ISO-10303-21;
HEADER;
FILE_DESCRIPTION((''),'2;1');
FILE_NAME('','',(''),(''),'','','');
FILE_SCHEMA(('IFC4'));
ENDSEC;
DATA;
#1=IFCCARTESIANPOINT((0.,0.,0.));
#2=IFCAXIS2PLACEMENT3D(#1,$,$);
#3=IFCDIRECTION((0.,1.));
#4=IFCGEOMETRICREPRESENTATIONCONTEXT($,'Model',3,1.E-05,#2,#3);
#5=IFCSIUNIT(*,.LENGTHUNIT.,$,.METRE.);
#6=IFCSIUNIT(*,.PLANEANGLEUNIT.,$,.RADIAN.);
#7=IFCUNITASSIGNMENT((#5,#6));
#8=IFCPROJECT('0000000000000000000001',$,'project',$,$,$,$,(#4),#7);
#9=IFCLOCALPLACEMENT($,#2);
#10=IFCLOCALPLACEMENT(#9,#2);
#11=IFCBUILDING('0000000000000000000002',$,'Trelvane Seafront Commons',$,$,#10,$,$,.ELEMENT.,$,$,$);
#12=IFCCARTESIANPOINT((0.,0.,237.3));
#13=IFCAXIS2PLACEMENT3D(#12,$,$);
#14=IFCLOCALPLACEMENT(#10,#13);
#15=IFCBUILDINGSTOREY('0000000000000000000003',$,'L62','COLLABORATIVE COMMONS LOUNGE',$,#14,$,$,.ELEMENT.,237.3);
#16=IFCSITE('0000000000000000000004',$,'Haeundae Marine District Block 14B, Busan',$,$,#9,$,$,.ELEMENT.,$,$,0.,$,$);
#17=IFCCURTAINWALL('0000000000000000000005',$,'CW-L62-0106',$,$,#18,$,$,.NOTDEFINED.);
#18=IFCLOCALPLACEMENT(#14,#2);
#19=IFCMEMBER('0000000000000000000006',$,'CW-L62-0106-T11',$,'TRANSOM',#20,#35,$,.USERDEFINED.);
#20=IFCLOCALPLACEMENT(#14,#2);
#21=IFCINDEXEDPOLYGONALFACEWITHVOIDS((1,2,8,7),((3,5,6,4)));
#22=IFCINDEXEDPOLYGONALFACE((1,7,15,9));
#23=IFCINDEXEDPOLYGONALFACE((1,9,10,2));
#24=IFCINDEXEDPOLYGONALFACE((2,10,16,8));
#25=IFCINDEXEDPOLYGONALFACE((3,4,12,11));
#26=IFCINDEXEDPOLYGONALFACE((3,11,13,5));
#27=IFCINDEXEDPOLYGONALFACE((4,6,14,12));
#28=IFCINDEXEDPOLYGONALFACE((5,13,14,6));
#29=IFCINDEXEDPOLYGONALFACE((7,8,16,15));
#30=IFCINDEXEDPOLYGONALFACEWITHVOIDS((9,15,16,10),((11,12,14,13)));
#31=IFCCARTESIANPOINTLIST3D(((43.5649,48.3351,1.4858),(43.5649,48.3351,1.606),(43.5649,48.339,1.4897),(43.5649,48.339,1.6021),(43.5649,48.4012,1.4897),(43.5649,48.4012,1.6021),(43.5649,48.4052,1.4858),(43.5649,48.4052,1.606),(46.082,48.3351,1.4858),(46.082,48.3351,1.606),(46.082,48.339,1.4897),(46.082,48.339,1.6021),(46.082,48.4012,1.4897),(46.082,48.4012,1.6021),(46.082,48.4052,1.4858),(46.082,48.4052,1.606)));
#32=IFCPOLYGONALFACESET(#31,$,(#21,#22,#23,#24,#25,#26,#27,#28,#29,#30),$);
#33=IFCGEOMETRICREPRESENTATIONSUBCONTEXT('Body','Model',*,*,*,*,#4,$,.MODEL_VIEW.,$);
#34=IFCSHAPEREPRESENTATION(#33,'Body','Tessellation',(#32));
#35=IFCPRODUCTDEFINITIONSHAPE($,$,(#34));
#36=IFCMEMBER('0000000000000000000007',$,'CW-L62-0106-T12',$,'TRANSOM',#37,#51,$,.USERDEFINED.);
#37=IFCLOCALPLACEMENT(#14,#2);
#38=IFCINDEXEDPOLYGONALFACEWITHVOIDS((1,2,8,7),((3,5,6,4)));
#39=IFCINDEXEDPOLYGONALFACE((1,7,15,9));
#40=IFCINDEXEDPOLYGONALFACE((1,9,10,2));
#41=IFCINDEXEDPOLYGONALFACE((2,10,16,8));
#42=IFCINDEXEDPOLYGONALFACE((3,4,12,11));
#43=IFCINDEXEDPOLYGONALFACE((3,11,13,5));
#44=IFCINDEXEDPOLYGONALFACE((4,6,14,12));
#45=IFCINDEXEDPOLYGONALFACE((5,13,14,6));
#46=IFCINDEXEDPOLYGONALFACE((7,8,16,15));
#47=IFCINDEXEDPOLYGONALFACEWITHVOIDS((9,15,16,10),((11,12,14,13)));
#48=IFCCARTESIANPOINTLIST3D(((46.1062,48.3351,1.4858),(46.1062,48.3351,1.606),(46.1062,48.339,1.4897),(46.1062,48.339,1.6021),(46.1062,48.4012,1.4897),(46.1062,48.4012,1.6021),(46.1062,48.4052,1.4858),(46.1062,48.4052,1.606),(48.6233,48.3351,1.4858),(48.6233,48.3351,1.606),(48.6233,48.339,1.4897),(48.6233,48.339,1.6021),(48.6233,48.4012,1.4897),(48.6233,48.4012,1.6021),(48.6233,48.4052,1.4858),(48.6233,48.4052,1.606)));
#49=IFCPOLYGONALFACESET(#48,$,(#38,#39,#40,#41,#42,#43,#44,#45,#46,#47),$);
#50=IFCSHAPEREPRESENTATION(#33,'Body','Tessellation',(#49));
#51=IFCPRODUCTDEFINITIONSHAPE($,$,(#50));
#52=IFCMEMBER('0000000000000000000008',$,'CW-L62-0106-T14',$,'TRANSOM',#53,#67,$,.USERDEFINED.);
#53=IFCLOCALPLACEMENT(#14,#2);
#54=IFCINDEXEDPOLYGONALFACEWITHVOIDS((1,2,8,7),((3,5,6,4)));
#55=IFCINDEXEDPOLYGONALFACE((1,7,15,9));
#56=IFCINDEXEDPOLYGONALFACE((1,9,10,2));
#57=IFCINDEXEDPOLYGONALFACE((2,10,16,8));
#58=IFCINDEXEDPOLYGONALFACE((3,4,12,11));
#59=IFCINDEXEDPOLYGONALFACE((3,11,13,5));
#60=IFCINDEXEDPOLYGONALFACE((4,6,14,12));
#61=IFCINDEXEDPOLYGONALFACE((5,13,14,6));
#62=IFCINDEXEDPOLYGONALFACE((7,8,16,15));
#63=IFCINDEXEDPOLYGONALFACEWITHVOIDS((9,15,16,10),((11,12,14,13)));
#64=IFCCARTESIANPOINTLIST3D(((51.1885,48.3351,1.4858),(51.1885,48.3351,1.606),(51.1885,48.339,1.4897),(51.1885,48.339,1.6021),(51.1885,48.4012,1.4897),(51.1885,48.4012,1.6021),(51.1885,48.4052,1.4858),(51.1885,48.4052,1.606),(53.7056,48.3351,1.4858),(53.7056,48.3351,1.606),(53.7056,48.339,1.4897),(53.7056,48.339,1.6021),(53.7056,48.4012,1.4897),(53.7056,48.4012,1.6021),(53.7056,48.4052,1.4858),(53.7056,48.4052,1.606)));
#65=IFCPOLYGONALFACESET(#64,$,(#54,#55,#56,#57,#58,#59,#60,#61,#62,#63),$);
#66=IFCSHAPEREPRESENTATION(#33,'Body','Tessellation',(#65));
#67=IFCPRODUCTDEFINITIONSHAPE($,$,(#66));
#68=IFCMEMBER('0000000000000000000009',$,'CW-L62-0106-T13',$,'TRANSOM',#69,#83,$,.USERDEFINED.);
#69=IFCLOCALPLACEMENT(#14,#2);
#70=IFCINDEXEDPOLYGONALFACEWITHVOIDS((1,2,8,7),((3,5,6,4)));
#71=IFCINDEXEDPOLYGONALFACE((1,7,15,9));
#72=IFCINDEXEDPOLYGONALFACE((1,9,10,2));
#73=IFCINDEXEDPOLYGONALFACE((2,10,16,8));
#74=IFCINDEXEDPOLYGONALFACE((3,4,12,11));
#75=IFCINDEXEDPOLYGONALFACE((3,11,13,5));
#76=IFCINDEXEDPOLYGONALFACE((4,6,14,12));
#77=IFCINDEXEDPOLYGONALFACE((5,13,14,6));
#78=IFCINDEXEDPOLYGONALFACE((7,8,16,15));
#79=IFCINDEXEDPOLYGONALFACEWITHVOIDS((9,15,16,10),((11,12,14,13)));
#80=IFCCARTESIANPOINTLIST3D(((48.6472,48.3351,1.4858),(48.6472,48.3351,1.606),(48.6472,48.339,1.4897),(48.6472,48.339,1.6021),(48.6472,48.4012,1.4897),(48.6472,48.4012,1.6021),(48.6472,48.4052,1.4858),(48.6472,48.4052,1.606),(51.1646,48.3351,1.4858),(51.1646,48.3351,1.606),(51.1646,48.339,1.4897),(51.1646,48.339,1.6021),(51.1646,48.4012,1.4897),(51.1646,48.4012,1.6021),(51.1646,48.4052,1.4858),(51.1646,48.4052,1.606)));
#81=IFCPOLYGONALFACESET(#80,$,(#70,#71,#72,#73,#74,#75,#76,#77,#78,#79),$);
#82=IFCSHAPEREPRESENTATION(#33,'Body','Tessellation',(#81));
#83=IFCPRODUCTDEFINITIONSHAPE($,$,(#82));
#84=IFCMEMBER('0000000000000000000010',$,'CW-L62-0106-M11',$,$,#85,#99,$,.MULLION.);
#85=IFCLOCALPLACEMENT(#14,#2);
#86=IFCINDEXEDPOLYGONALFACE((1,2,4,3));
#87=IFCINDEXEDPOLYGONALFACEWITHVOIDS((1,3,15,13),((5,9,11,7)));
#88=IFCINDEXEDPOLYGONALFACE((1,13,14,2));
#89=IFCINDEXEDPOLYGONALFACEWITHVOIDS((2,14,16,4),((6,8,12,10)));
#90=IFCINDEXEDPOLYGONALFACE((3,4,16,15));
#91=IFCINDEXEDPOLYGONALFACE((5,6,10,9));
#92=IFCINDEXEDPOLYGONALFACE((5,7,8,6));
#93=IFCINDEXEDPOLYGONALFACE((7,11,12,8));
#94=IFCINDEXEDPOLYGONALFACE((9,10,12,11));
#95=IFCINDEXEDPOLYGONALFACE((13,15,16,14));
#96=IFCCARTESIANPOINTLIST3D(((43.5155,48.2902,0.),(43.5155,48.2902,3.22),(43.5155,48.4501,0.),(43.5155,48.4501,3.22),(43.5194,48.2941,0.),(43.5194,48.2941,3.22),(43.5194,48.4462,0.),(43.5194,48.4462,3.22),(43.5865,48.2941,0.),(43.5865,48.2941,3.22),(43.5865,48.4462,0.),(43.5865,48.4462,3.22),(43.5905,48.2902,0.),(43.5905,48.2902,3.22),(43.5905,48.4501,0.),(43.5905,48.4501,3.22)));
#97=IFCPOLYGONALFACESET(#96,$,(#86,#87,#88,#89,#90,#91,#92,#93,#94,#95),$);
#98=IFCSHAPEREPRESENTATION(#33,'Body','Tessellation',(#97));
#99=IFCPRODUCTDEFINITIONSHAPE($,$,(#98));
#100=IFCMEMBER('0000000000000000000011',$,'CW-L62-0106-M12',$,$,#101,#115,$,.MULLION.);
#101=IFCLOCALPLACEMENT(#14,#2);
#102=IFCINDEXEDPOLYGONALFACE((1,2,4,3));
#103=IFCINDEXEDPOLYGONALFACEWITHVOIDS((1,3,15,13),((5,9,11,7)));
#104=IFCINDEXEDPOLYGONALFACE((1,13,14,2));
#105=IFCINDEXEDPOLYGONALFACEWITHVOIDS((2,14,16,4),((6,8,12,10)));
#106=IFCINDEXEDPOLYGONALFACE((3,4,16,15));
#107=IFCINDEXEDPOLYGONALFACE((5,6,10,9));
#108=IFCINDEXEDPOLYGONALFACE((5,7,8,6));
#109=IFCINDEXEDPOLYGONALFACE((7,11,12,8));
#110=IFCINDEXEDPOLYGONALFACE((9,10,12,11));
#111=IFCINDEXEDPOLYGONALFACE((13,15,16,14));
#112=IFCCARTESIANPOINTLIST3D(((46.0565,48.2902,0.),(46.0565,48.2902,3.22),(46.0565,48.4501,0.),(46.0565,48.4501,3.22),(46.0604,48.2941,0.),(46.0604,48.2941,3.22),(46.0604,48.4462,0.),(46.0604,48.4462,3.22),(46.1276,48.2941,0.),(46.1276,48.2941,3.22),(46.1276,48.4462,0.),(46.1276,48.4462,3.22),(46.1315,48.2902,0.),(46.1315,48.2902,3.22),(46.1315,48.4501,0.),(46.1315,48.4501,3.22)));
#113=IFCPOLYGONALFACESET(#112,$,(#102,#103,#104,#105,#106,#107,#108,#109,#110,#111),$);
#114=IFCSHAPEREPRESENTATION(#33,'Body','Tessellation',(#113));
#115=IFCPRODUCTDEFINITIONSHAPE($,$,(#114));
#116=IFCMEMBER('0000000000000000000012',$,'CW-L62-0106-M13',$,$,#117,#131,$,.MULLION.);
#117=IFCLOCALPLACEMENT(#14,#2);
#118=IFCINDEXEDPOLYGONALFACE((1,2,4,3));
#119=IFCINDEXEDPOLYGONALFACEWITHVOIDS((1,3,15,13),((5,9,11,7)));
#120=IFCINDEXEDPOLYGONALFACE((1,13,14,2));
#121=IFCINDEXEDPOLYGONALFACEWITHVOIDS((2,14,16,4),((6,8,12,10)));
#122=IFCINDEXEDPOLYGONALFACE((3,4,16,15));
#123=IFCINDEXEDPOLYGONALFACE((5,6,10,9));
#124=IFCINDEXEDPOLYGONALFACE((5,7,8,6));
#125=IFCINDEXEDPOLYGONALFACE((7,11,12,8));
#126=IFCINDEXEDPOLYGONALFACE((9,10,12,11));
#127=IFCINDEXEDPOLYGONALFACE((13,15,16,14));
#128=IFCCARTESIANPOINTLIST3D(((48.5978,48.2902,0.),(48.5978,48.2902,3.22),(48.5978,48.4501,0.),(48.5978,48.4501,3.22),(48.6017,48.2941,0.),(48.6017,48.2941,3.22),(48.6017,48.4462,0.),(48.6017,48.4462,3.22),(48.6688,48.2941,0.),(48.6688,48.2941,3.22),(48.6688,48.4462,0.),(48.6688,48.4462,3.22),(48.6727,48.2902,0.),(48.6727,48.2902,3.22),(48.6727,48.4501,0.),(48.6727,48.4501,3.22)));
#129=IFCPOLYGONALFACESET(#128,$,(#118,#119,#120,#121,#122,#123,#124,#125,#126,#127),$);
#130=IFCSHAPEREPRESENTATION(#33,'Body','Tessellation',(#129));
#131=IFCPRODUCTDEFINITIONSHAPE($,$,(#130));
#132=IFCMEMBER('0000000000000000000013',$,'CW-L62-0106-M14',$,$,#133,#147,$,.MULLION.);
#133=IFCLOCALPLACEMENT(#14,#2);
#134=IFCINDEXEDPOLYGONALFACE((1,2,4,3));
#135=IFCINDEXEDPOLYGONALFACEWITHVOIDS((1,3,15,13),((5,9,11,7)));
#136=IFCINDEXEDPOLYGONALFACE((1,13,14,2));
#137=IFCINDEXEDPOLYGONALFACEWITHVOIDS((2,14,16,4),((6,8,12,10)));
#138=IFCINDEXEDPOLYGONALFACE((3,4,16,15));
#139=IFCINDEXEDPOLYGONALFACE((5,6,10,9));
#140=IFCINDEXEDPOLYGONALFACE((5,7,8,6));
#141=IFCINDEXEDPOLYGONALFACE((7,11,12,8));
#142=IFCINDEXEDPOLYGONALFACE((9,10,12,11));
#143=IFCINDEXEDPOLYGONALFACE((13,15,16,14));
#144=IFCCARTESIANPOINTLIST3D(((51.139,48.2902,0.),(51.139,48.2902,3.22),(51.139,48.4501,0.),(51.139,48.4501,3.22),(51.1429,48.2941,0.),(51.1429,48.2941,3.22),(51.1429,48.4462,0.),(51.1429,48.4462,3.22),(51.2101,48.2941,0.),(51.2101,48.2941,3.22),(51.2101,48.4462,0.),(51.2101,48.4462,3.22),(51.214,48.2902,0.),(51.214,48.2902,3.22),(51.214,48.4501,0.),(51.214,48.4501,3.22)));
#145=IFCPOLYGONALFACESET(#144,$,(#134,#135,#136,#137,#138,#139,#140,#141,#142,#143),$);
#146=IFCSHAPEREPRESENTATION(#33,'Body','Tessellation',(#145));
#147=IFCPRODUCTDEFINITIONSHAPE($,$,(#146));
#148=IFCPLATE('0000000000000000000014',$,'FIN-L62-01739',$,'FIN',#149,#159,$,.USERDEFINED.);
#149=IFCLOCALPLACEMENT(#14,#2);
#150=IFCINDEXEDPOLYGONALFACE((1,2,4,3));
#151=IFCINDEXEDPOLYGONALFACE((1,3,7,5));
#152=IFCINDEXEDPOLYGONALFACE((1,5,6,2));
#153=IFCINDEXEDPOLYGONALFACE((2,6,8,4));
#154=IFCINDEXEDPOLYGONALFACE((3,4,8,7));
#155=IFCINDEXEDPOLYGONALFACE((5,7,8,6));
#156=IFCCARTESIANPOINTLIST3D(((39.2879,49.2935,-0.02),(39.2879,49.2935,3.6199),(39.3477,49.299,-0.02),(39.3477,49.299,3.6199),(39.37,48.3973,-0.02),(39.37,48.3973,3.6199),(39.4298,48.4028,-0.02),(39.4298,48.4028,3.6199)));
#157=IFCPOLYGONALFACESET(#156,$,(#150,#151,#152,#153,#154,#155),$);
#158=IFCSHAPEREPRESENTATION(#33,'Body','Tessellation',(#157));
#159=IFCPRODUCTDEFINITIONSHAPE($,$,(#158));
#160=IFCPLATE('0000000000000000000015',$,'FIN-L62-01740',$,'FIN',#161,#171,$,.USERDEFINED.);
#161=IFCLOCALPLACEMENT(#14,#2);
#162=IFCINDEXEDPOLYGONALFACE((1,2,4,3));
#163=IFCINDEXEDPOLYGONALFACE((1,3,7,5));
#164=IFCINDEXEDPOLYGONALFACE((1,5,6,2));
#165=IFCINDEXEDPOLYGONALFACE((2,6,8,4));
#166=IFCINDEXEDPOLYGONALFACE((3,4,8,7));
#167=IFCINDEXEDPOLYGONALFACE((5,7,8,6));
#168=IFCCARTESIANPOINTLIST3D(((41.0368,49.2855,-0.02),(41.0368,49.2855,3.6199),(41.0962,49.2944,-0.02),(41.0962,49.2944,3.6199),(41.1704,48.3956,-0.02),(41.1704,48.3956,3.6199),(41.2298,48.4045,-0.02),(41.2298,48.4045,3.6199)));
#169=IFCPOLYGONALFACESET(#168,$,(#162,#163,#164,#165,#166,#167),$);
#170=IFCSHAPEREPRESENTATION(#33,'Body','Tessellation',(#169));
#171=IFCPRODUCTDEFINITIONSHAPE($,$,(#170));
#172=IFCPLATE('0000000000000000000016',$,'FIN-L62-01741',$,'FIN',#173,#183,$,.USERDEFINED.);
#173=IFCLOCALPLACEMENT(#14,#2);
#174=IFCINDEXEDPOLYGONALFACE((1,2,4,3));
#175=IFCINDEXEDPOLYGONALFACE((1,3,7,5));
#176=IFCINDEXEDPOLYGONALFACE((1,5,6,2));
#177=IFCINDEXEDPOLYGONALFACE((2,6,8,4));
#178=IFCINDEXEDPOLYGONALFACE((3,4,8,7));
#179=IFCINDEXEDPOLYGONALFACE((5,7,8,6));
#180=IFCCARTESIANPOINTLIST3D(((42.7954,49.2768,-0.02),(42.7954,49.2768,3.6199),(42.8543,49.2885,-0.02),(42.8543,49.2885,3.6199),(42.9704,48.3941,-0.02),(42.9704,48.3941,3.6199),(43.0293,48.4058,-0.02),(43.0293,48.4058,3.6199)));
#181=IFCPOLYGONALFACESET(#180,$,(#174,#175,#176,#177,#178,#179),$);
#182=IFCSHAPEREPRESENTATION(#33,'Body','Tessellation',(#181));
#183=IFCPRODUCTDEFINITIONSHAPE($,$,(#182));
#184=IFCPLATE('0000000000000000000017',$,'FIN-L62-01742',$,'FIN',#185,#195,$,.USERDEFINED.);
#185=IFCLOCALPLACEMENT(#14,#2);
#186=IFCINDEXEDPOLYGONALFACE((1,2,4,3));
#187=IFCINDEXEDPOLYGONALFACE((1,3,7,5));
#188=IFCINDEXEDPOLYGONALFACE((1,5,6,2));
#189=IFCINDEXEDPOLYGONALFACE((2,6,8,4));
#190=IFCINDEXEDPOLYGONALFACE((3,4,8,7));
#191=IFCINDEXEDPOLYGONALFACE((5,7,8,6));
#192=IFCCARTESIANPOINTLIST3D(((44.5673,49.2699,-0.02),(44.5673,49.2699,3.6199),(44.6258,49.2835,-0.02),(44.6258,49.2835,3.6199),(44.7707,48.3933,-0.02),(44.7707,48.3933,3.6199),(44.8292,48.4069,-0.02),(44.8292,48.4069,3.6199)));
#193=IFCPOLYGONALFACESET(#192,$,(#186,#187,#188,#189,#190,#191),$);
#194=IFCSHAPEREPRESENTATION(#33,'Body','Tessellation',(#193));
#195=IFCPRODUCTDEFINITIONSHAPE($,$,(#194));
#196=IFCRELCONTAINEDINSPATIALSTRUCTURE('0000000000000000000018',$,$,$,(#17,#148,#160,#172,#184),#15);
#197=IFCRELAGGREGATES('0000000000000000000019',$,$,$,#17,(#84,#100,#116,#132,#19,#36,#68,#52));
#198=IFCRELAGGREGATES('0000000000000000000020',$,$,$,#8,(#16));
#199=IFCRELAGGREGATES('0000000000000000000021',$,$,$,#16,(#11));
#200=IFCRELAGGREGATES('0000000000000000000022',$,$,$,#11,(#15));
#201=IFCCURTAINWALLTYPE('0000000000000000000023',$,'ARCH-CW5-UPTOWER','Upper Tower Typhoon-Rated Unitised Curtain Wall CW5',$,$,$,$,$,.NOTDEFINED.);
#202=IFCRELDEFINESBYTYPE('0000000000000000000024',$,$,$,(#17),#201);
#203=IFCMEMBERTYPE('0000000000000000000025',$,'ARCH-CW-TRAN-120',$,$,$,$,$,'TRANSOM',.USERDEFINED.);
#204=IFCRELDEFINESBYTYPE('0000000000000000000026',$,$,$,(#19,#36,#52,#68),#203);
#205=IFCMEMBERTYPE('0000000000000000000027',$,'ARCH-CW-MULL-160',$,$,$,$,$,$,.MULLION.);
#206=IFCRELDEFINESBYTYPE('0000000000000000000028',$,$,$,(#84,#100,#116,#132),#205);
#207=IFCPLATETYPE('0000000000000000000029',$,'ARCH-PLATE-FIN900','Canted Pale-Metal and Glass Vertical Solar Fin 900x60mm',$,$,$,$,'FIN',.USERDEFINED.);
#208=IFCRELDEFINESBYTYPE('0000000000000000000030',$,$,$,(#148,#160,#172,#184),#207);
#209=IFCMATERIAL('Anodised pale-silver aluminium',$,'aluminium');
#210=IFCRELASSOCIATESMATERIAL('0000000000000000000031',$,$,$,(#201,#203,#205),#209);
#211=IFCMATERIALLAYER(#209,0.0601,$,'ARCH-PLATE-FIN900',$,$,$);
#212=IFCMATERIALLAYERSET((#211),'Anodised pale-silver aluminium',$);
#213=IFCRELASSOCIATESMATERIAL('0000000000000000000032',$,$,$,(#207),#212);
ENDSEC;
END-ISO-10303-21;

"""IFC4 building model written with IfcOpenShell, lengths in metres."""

from ifc_helpers import new_model, si_unit, direction, frame, origin, origin_2d, place, context, subcontext, project, spatial, rectangle, hollow_rectangle, extrude, source, transform, mapped, material, layer, layer_set, material_profile, profile_set, type_object, element, aggregate, save


model = new_model("IFC4")

# Units and contexts
model_context = context("Model", 3, precision=1e-05, world=origin(), true_north=direction((0.0, 1.0)))
body_context = subcontext(model_context, "Body", "Model", "MODEL_VIEW")
ifc_project = project(units=[si_unit("LENGTHUNIT", "METRE"), si_unit("PLANEANGLEUNIT", "RADIAN")], contexts=[model_context])

# Site, building, storey
site_placement = place(None, origin())
site = spatial("IfcSite", under=ifc_project, at=site_placement, Name="Haeundae Marine District Block 14B, Busan", CompositionType="ELEMENT", RefElevation=0.0)
building_placement = place(site_placement, origin())
building = spatial("IfcBuilding", under=site, at=building_placement, Name="Trelvane Seafront Commons", CompositionType="ELEMENT")
storey_placement = place(building_placement, frame((0.0, 0.0, 237.3)))
storey = spatial("IfcBuildingStorey", under=building, at=storey_placement, Name="L62", Description="COLLABORATIVE COMMONS LOUNGE", CompositionType="ELEMENT", Elevation=237.3)

# Curtain wall, members
ifc_material_1 = material(Name="Anodised pale-silver aluminium", Category="aluminium")
curtain_wall_type = type_object("IfcCurtainWallType", Name="ARCH-CW5-UPTOWER", Description="Upper Tower Typhoon-Rated Unitised Curtain Wall CW5", PredefinedType="NOTDEFINED", material=ifc_material_1)
curtain_wall_placement = place(storey_placement, origin())
curtain_wall = element("IfcCurtainWall", 1, at=curtain_wall_placement, inside=storey, type_object=curtain_wall_type, Name="CW-L62-0106", PredefinedType="NOTDEFINED")
ifc_material_profile_1 = material_profile(ifc_material_1, hollow_rectangle(XDim=0.0701, YDim=0.1201, WallThickness=0.0039, at=origin_2d()), Name="TRAN-70x120x4")
ifc_profile_set_1 = profile_set([ifc_material_profile_1], Name="Anodised pale-silver aluminium")
member_type_1 = type_object("IfcMemberType", Name="ARCH-CW-TRAN-120", ElementType="TRANSOM", PredefinedType="USERDEFINED", material=ifc_profile_set_1)
shared_shape_1 = source(origin(), body_context, "Body", "SweptSolid", [
    extrude(hollow_rectangle(XDim=0.0701, YDim=0.1201, WallThickness=0.0039, at=origin_2d()), origin(), (0.0, 0.0, 1.0), 2.5171),
])
member_1_placement = place(storey_placement, frame((43.5649, 48.3701, 1.5459), z_axis=(1.0, 0.0, 0.0), x_axis=(0.0, 1.0, 0.0)))
member_1 = element("IfcMember", 2, at=member_1_placement, type_object=member_type_1, Name="CW-L62-0106-T11", ObjectType="TRANSOM", PredefinedType="USERDEFINED", context=body_context, shape_type="MappedRepresentation", body=[
    mapped(shared_shape_1, transform((0.0, 0.0, 0.0), x_axis=(1.0, 0.0, 0.0), y_axis=(0.0, 1.0, 0.0), z_axis=(0.0, 0.0, 1.0), scale=1.0)),
])
member_2_placement = place(storey_placement, frame((46.1062, 48.3701, 1.5459), z_axis=(1.0, 0.0, 0.0), x_axis=(0.0, 1.0, 0.0)))
member_2 = element("IfcMember", 3, at=member_2_placement, type_object=member_type_1, Name="CW-L62-0106-T12", ObjectType="TRANSOM", PredefinedType="USERDEFINED", context=body_context, shape_type="MappedRepresentation", body=[
    mapped(shared_shape_1, transform((0.0, 0.0, 0.0), x_axis=(1.0, 0.0, 0.0), y_axis=(0.0, 1.0, 0.0), z_axis=(0.0, 0.0, 1.0), scale=1.0)),
])
member_3_placement = place(storey_placement, frame((51.1885, 48.3701, 1.5459), z_axis=(1.0, 0.0, 0.0), x_axis=(0.0, 1.0, 0.0)))
member_3 = element("IfcMember", 4, at=member_3_placement, type_object=member_type_1, Name="CW-L62-0106-T14", ObjectType="TRANSOM", PredefinedType="USERDEFINED", context=body_context, shape_type="MappedRepresentation", body=[
    mapped(shared_shape_1, transform((0.0, 0.0, 0.0), x_axis=(1.0, 0.0, 0.0), y_axis=(0.0, 1.0, 0.0), z_axis=(0.0, 0.0, 1.0), scale=1.0)),
])
shared_shape_2 = source(origin(), body_context, "Body", "SweptSolid", [
    extrude(hollow_rectangle(XDim=0.0701, YDim=0.1201, WallThickness=0.0039, at=origin_2d()), origin(), (0.0, 0.0, 1.0), 2.5173),
])
member_4_placement = place(storey_placement, frame((48.6472, 48.3701, 1.5459), z_axis=(1.0, 0.0, 0.0), x_axis=(0.0, 1.0, 0.0)))
member_4 = element("IfcMember", 5, at=member_4_placement, type_object=member_type_1, Name="CW-L62-0106-T13", ObjectType="TRANSOM", PredefinedType="USERDEFINED", context=body_context, shape_type="MappedRepresentation", body=[
    mapped(shared_shape_2, transform((0.0, 0.0, 0.0), x_axis=(1.0, 0.0, 0.0), y_axis=(0.0, 1.0, 0.0), z_axis=(0.0, 0.0, 1.0), scale=1.0)),
])
ifc_material_profile_2 = material_profile(ifc_material_1, hollow_rectangle(XDim=0.075, YDim=0.1599, WallThickness=0.0039, at=origin_2d()), Name="MULL-75x160x4")
ifc_profile_set_2 = profile_set([ifc_material_profile_2], Name="Anodised pale-silver aluminium")
member_type_2 = type_object("IfcMemberType", Name="ARCH-CW-MULL-160", PredefinedType="MULLION", material=ifc_profile_set_2)
shared_shape_3 = source(origin(), body_context, "Body", "SweptSolid", [
    extrude(hollow_rectangle(XDim=0.075, YDim=0.1599, WallThickness=0.0039, at=origin_2d()), origin(), (0.0, 0.0, 1.0), 3.22),
])
member_5_placement = place(storey_placement, frame((43.553, 48.3701, 0.0), z_axis=(0.0, 0.0, 1.0), x_axis=(1.0, 0.0, 0.0)))
member_5 = element("IfcMember", 6, at=member_5_placement, type_object=member_type_2, Name="CW-L62-0106-M11", PredefinedType="MULLION", context=body_context, shape_type="MappedRepresentation", body=[
    mapped(shared_shape_3, transform((0.0, 0.0, 0.0), x_axis=(1.0, 0.0, 0.0), y_axis=(0.0, 1.0, 0.0), z_axis=(0.0, 0.0, 1.0), scale=1.0)),
])
member_6_placement = place(storey_placement, frame((46.094, 48.3701, 0.0), z_axis=(0.0, 0.0, 1.0), x_axis=(1.0, 0.0, 0.0)))
member_6 = element("IfcMember", 7, at=member_6_placement, type_object=member_type_2, Name="CW-L62-0106-M12", PredefinedType="MULLION", context=body_context, shape_type="MappedRepresentation", body=[
    mapped(shared_shape_3, transform((0.0, 0.0, 0.0), x_axis=(1.0, 0.0, 0.0), y_axis=(0.0, 1.0, 0.0), z_axis=(0.0, 0.0, 1.0), scale=1.0)),
])
member_7_placement = place(storey_placement, frame((48.6353, 48.3701, 0.0), z_axis=(0.0, 0.0, 1.0), x_axis=(1.0, 0.0, 0.0)))
member_7 = element("IfcMember", 8, at=member_7_placement, type_object=member_type_2, Name="CW-L62-0106-M13", PredefinedType="MULLION", context=body_context, shape_type="MappedRepresentation", body=[
    mapped(shared_shape_3, transform((0.0, 0.0, 0.0), x_axis=(1.0, 0.0, 0.0), y_axis=(0.0, 1.0, 0.0), z_axis=(0.0, 0.0, 1.0), scale=1.0)),
])
member_8_placement = place(storey_placement, frame((51.1765, 48.3701, 0.0), z_axis=(0.0, 0.0, 1.0), x_axis=(1.0, 0.0, 0.0)))
member_8 = element("IfcMember", 9, at=member_8_placement, type_object=member_type_2, Name="CW-L62-0106-M14", PredefinedType="MULLION", context=body_context, shape_type="MappedRepresentation", body=[
    mapped(shared_shape_3, transform((0.0, 0.0, 0.0), x_axis=(1.0, 0.0, 0.0), y_axis=(0.0, 1.0, 0.0), z_axis=(0.0, 0.0, 1.0), scale=1.0)),
])

# Plates
ifc_layer_1 = layer(ifc_material_1, 0.0601, Name="ARCH-PLATE-FIN900")
ifc_layer_set_1 = layer_set([ifc_layer_1], Name="Anodised pale-silver aluminium")
plate_type_1 = type_object("IfcPlateType", Name="ARCH-PLATE-FIN900", Description="Canted Pale-Metal and Glass Vertical Solar Fin 900x60mm", ElementType="FIN", PredefinedType="USERDEFINED", material=ifc_layer_set_1)
shared_shape_4 = source(origin(), body_context, "Body", "SweptSolid", [
    extrude(rectangle(XDim=0.8999, YDim=0.0601, at=origin_2d()), origin(), (0.0, 0.0, 1.0), 3.6399),
])
for number, where, z_axis, x_axis, name in (
    (10, (39.3589, 48.8481, -0.02), (0.0, 0.0, 1.0), (-0.091227, 0.99583, 0.0), "FIN-L62-01739"),
    (11, (41.1333, 48.845, -0.02), (0.0, 0.0, 1.0), (-0.148559, 0.988904, 0.0), "FIN-L62-01740"),
    (12, (42.9124, 48.8413, -0.02), (0.0, 0.0, 1.0), (-0.194556, 0.980891, 0.0), "FIN-L62-01741"),
    (13, (44.6982, 48.8384, -0.02), (0.0, 0.0, 1.0), (-0.226004, 0.974126, 0.0), "FIN-L62-01742"),
):
    element("IfcPlate", number, at=place(storey_placement, frame(where, z_axis=z_axis, x_axis=x_axis)), inside=storey, type_object=plate_type_1, Name=name, ObjectType="FIN", PredefinedType="USERDEFINED", context=body_context, shape_type="MappedRepresentation", body=[
        mapped(shared_shape_4, transform((0.0, 0.0, 0.0), x_axis=(1.0, 0.0, 0.0), y_axis=(0.0, 1.0, 0.0), z_axis=(0.0, 0.0, 1.0), scale=1.0)),
    ])

aggregate(curtain_wall, [member_5, member_6, member_7, member_8, member_1, member_2, member_4, member_3])

save(model, "model.ifc")
